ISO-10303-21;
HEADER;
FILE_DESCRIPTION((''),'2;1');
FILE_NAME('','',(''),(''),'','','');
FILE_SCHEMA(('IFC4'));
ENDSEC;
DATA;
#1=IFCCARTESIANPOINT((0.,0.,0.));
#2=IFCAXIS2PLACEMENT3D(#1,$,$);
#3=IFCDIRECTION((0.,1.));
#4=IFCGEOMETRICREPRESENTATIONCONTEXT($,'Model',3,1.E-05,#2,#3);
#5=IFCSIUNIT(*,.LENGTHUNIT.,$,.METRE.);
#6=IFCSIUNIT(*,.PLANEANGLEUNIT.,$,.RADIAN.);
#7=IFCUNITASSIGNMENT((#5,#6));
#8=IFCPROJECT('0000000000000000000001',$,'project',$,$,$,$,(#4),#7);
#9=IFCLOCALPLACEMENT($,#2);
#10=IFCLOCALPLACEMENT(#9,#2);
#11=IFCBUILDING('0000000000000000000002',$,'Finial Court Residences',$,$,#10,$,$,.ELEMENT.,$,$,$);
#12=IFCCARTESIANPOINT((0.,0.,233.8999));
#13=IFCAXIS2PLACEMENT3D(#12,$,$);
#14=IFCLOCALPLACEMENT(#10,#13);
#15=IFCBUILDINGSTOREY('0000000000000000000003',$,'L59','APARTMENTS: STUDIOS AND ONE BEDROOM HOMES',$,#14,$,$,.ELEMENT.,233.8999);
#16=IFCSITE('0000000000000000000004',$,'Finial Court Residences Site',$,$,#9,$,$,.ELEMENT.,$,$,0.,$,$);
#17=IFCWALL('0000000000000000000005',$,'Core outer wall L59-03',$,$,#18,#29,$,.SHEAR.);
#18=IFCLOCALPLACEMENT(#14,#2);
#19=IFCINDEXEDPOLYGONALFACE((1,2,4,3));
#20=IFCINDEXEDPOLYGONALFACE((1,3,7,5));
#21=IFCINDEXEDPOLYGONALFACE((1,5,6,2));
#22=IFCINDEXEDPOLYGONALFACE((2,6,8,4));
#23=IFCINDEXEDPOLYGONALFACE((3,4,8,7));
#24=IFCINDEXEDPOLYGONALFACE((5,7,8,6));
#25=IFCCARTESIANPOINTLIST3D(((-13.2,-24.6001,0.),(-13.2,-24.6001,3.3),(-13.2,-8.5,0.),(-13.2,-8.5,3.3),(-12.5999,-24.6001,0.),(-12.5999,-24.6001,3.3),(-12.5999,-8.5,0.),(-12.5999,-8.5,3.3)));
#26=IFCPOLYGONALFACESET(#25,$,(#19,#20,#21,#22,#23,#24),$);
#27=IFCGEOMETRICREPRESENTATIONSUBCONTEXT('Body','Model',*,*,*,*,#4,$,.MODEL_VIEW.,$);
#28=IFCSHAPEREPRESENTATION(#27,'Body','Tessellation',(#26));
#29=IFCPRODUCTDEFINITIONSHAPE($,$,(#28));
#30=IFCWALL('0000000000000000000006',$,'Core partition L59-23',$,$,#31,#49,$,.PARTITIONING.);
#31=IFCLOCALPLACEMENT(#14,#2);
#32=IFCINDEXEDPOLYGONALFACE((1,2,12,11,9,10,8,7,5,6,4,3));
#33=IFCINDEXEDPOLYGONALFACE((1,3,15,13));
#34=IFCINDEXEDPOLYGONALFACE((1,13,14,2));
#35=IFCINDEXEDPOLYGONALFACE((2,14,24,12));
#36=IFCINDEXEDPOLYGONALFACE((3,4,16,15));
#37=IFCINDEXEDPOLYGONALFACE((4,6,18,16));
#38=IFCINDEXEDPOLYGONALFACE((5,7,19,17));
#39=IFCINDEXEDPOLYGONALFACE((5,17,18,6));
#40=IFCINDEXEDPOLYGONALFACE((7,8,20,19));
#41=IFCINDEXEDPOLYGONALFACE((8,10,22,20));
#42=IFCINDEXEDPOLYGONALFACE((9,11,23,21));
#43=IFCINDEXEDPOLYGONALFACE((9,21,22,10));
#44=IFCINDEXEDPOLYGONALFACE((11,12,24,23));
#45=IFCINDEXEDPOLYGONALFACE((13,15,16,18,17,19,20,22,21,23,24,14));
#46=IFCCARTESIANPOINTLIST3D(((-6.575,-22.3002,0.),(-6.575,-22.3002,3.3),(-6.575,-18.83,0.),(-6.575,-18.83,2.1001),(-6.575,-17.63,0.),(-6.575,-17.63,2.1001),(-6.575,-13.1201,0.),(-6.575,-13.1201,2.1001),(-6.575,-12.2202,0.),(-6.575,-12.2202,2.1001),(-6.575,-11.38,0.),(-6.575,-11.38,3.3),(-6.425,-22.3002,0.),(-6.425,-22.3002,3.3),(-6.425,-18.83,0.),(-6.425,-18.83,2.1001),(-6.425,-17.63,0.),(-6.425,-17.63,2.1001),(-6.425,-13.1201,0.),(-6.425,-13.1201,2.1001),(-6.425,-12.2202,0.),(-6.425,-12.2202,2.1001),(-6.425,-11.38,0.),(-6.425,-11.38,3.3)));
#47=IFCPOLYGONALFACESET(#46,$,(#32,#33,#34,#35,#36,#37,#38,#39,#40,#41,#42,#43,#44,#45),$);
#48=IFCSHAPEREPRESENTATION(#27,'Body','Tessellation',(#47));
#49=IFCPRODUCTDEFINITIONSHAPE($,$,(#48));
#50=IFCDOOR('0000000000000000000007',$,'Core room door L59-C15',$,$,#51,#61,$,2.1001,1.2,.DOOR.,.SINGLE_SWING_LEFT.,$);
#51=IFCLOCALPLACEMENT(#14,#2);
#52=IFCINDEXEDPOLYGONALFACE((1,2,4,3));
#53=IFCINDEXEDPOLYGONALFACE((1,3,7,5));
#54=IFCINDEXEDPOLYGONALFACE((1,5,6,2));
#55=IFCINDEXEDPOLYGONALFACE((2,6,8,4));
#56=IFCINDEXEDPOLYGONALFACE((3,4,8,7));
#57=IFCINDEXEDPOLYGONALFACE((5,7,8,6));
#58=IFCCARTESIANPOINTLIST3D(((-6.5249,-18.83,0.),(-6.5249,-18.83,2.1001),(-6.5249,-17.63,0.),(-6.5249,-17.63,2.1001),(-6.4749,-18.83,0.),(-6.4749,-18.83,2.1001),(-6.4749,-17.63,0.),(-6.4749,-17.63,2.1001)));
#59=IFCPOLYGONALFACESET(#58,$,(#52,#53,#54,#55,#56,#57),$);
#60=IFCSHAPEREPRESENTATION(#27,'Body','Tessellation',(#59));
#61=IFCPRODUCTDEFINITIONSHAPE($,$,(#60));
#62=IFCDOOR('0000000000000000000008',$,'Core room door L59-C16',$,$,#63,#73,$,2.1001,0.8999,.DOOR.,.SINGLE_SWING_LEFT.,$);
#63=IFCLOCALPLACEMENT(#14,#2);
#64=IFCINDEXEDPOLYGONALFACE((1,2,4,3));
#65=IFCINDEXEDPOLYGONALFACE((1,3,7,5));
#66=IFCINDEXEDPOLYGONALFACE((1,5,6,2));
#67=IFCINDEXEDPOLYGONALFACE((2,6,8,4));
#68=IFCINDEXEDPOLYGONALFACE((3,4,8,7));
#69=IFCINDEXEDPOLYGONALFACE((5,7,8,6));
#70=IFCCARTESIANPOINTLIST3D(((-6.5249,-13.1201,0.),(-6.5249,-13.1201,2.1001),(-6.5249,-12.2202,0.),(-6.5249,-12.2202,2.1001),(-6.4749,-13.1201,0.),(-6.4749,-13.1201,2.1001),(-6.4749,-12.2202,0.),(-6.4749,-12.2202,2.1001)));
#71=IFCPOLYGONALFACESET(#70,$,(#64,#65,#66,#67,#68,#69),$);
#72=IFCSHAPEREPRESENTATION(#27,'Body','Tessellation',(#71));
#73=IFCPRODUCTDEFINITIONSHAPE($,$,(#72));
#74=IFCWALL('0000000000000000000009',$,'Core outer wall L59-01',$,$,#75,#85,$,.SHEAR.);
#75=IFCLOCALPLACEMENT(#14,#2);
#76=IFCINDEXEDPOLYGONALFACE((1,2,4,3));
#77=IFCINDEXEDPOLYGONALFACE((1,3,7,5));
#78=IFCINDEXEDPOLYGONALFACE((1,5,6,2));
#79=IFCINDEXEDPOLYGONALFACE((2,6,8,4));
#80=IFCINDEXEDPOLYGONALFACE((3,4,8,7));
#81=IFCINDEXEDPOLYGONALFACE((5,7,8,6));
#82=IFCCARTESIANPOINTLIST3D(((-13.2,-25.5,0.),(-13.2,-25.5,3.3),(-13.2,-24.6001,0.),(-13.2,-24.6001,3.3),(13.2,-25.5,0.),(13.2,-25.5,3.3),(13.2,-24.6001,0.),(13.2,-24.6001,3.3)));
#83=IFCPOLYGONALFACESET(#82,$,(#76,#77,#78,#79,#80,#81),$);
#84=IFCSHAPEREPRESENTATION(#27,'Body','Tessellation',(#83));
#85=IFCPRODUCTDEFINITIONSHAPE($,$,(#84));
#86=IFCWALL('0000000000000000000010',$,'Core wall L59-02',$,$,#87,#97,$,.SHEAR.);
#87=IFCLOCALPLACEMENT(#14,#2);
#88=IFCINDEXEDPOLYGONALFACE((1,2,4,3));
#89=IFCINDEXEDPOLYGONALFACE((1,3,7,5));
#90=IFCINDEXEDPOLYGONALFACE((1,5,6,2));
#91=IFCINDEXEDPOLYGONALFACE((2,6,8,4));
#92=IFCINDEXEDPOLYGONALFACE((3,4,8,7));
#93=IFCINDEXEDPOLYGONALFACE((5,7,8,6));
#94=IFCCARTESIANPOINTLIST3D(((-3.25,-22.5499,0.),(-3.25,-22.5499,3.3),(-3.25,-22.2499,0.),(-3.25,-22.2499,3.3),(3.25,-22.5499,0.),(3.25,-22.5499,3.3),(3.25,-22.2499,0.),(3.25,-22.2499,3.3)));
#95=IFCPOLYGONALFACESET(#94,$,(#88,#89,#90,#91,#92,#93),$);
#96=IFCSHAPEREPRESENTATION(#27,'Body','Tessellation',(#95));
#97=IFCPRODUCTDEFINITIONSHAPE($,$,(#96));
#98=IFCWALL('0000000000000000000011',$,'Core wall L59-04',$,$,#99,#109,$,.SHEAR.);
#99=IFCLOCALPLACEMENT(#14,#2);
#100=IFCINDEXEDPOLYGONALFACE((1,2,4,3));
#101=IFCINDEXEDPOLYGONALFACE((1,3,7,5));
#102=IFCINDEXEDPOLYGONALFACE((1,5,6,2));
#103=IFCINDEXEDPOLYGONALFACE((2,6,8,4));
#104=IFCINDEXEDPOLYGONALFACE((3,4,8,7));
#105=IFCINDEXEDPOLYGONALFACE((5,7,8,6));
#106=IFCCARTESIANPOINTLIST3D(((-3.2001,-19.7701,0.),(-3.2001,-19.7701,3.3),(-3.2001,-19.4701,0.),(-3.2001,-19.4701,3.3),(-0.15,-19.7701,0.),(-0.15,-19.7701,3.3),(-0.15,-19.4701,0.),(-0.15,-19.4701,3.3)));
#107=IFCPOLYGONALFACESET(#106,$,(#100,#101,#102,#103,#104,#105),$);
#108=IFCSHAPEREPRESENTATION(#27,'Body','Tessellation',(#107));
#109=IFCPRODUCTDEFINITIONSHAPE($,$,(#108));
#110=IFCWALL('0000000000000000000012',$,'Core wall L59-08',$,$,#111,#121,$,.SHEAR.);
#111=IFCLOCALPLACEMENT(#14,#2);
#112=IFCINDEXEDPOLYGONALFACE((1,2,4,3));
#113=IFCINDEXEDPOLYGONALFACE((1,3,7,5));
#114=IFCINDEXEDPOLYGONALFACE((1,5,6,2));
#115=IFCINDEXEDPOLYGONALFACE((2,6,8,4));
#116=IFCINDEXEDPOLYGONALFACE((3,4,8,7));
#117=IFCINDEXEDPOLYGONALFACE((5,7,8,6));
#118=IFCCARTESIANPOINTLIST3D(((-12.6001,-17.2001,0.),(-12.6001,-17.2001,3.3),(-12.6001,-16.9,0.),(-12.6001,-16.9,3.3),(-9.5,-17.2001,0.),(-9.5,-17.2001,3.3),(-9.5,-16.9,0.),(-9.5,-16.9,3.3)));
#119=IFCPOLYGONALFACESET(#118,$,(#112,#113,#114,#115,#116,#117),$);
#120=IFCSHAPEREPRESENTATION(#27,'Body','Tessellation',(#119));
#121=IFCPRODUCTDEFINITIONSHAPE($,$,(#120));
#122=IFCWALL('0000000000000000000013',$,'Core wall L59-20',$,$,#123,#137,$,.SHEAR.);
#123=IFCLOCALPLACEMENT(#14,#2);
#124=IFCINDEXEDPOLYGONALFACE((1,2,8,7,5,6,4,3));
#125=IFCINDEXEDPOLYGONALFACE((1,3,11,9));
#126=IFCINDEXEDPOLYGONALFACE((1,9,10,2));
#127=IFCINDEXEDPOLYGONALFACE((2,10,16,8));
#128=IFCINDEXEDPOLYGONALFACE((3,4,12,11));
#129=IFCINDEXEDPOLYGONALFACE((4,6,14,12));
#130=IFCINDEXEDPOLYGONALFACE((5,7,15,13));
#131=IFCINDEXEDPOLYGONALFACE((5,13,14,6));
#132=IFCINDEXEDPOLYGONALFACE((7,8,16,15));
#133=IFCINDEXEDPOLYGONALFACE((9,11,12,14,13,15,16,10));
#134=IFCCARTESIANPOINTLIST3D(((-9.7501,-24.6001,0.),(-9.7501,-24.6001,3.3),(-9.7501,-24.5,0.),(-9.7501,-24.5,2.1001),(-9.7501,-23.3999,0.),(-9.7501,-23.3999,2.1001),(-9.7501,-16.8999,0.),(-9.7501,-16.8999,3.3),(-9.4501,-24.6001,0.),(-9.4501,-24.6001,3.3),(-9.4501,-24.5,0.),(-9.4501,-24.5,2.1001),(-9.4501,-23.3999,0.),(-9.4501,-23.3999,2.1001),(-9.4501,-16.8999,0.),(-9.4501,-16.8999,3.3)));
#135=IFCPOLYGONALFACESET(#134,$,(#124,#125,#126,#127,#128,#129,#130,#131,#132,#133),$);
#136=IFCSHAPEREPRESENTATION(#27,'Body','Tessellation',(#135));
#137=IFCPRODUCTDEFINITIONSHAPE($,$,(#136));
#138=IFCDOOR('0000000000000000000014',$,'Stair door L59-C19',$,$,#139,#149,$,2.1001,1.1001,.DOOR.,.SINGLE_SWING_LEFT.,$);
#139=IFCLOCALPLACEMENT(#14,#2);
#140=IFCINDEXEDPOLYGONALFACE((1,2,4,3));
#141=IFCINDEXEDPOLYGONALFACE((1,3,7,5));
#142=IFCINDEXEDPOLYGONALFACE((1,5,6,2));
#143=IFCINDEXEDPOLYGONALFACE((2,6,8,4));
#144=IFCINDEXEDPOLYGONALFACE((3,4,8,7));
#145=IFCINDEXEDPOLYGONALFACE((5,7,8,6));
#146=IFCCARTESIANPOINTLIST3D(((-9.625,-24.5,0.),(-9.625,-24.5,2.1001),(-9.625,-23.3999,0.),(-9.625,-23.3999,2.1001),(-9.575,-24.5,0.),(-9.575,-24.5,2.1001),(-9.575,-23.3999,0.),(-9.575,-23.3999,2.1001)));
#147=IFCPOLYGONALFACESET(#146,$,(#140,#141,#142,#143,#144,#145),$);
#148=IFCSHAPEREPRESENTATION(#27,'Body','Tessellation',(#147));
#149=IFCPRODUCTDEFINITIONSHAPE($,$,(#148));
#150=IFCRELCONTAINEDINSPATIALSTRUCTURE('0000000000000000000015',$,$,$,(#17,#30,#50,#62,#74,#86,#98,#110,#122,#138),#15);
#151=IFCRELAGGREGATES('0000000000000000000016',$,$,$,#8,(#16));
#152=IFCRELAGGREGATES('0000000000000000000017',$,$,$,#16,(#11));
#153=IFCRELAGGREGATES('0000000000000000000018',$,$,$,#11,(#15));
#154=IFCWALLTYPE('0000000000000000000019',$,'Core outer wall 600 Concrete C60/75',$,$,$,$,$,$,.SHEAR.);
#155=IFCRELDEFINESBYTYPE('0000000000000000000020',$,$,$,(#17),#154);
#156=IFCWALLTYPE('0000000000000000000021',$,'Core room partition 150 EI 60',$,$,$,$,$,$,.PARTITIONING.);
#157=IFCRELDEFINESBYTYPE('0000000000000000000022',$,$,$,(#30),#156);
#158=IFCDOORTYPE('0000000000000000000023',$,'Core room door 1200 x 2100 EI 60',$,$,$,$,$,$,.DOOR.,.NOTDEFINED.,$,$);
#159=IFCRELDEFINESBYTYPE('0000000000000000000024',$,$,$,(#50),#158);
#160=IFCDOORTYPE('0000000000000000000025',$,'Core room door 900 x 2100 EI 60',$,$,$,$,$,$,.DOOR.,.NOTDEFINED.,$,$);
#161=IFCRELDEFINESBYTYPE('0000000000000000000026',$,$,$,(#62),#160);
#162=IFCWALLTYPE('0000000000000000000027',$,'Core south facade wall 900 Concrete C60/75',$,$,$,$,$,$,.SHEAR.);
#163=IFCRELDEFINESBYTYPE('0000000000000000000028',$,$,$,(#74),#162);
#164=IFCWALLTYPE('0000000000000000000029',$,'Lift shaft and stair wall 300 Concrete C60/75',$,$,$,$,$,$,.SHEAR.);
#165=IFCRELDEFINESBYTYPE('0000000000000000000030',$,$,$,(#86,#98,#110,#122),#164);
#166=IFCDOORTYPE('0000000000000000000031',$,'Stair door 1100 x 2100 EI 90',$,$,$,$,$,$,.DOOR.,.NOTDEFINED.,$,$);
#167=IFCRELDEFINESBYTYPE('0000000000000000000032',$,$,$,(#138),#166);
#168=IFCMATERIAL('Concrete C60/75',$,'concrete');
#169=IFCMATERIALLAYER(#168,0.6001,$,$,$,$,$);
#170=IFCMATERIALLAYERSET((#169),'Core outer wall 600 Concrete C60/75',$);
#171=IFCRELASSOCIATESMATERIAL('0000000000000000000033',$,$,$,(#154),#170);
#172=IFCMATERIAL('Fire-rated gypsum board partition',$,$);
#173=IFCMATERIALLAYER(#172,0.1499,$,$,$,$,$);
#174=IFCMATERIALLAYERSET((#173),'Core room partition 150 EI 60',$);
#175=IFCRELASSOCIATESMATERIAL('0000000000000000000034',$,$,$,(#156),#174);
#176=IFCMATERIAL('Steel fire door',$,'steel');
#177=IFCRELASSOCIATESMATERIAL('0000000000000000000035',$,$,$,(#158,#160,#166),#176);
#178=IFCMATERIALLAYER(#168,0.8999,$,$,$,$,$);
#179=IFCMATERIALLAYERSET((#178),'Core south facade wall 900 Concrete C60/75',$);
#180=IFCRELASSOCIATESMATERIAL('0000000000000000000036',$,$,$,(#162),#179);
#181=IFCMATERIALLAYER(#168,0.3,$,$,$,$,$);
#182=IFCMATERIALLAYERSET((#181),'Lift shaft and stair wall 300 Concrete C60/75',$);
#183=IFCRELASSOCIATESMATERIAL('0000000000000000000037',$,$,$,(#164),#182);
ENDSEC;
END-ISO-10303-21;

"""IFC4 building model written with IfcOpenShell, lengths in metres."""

from ifc_helpers import new_model, si_unit, direction, frame, frame_2d, origin, place, context, subcontext, project, spatial, rectangle, extrude, material, layer, layer_set, type_object, element, fill, save


model = new_model("IFC4")

# Units and contexts
model_context = context("Model", 3, precision=1e-05, world=origin(), true_north=direction((0.0, 1.0)))
body_context = subcontext(model_context, "Body", "Model", "MODEL_VIEW")
ifc_project = project(units=[si_unit("LENGTHUNIT", "METRE"), si_unit("PLANEANGLEUNIT", "RADIAN")], contexts=[model_context])

# Site, building, storey
site_placement = place(None, origin())
site = spatial("IfcSite", under=ifc_project, at=site_placement, Name="Finial Court Residences Site", CompositionType="ELEMENT", RefElevation=0.0)
building_placement = place(site_placement, origin())
building = spatial("IfcBuilding", under=site, at=building_placement, Name="Finial Court Residences", CompositionType="ELEMENT")
storey_placement = place(building_placement, frame((0.0, 0.0, 233.8999)))
storey = spatial("IfcBuildingStorey", under=building, at=storey_placement, Name="L59", Description="APARTMENTS: STUDIOS AND ONE BEDROOM HOMES", CompositionType="ELEMENT", Elevation=233.8999)

# Wall
ifc_material_1 = material(Name="Concrete C60/75", Category="concrete")
ifc_layer_1 = layer(ifc_material_1, 0.6001)
ifc_layer_set_1 = layer_set([ifc_layer_1], Name="Core outer wall 600 Concrete C60/75")
wall_type_1 = type_object("IfcWallType", Name="Core outer wall 600 Concrete C60/75", PredefinedType="SHEAR", material=ifc_layer_set_1)
wall_1_placement = place(storey_placement, frame((-12.8999, -24.6001, 0.0), z_axis=(0.0, 0.0, 1.0), x_axis=(0.0, 1.0, 0.0)))
element("IfcWall", 1, at=wall_1_placement, inside=storey, type_object=wall_type_1, Name="Core outer wall L59-03", PredefinedType="SHEAR", context=body_context, shape_type="SweptSolid", body=[
    extrude(rectangle(XDim=16.1001, YDim=0.6001, at=frame_2d((8.05, 0.0))), origin(), (0.0, 0.0, 1.0), 3.3),
])

# Wall, openings, doors
ifc_material_2 = material(Name="Fire-rated gypsum board partition")
ifc_layer_2 = layer(ifc_material_2, 0.1499)
ifc_layer_set_2 = layer_set([ifc_layer_2], Name="Core room partition 150 EI 60")
wall_type_2 = type_object("IfcWallType", Name="Core room partition 150 EI 60", PredefinedType="PARTITIONING", material=ifc_layer_set_2)
wall_2_placement = place(storey_placement, frame((-6.5, -22.3, 0.0), z_axis=(0.0, 0.0, 1.0), x_axis=(0.0, 1.0, 0.0)))
wall_2 = element("IfcWall", 2, at=wall_2_placement, inside=storey, type_object=wall_type_2, Name="Core partition L59-23", PredefinedType="PARTITIONING", context=body_context, shape_type="SweptSolid", body=[
    extrude(rectangle(XDim=10.9202, YDim=0.1499, at=frame_2d((5.46, 0.0))), origin(), (0.0, 0.0, 1.0), 3.3),
])
opening_1_placement = place(wall_2_placement, frame((3.47, 0.0, 0.0)))
opening_1 = element("IfcOpeningElement", 3, at=opening_1_placement, cuts=wall_2, PredefinedType="OPENING", context=body_context, shape_type="SweptSolid", body=[
    extrude(rectangle(XDim=1.2, YDim=2.1001, at=frame_2d((0.6001, 1.05))), frame((0.0, 0.085, 0.0), z_axis=(0.0, -1.0, 0.0), x_axis=(1.0, 0.0, 0.0)), (0.0, 0.0, 1.0), 0.1699),
])
opening_2_placement = place(wall_2_placement, frame((9.1799, 0.0, 0.0)))
opening_2 = element("IfcOpeningElement", 4, at=opening_2_placement, cuts=wall_2, PredefinedType="OPENING", context=body_context, shape_type="SweptSolid", body=[
    extrude(rectangle(XDim=0.8999, YDim=2.1001, at=frame_2d((0.45, 1.05))), frame((0.0, 0.085, 0.0), z_axis=(0.0, -1.0, 0.0), x_axis=(1.0, 0.0, 0.0)), (0.0, 0.0, 1.0), 0.1699),
])
ifc_material_3 = material(Name="Steel fire door", Category="steel")
door_type_1 = type_object("IfcDoorType", Name="Core room door 1200 x 2100 EI 60", OperationType="NOTDEFINED", PredefinedType="DOOR", material=ifc_material_3)
door_1_placement = place(opening_1_placement, origin())
door_1 = element("IfcDoor", 5, at=door_1_placement, inside=storey, type_object=door_type_1, Name="Core room door L59-C15", OperationType="SINGLE_SWING_LEFT", OverallHeight=2.1001, OverallWidth=1.2, PredefinedType="DOOR", context=body_context, shape_type="SweptSolid", body=[
    extrude(rectangle(XDim=1.2, YDim=2.1001, at=frame_2d((0.6001, 1.05))), frame((0.0, 0.0249, 0.0), z_axis=(0.0, -1.0, 0.0), x_axis=(1.0, 0.0, 0.0)), (0.0, 0.0, 1.0), 0.05),
])
fill(opening_1, door_1)
door_type_2 = type_object("IfcDoorType", Name="Core room door 900 x 2100 EI 60", OperationType="NOTDEFINED", PredefinedType="DOOR", material=ifc_material_3)
door_2_placement = place(opening_2_placement, origin())
door_2 = element("IfcDoor", 6, at=door_2_placement, inside=storey, type_object=door_type_2, Name="Core room door L59-C16", OperationType="SINGLE_SWING_LEFT", OverallHeight=2.1001, OverallWidth=0.8999, PredefinedType="DOOR", context=body_context, shape_type="SweptSolid", body=[
    extrude(rectangle(XDim=0.8999, YDim=2.1001, at=frame_2d((0.45, 1.05))), frame((0.0, 0.0249, 0.0), z_axis=(0.0, -1.0, 0.0), x_axis=(1.0, 0.0, 0.0)), (0.0, 0.0, 1.0), 0.05),
])
fill(opening_2, door_2)

# Walls
ifc_layer_3 = layer(ifc_material_1, 0.8999)
ifc_layer_set_3 = layer_set([ifc_layer_3], Name="Core south facade wall 900 Concrete C60/75")
wall_type_3 = type_object("IfcWallType", Name="Core south facade wall 900 Concrete C60/75", PredefinedType="SHEAR", material=ifc_layer_set_3)
wall_3_placement = place(storey_placement, frame((-13.2, -25.05, 0.0), z_axis=(0.0, 0.0, 1.0), x_axis=(1.0, 0.0, 0.0)))
element("IfcWall", 7, at=wall_3_placement, inside=storey, type_object=wall_type_3, Name="Core outer wall L59-01", PredefinedType="SHEAR", context=body_context, shape_type="SweptSolid", body=[
    extrude(rectangle(XDim=26.3999, YDim=0.8999, at=frame_2d((13.2, 0.0))), origin(), (0.0, 0.0, 1.0), 3.3),
])
ifc_layer_4 = layer(ifc_material_1, 0.3)
ifc_layer_set_4 = layer_set([ifc_layer_4], Name="Lift shaft and stair wall 300 Concrete C60/75")
wall_type_4 = type_object("IfcWallType", Name="Lift shaft and stair wall 300 Concrete C60/75", PredefinedType="SHEAR", material=ifc_layer_set_4)
wall_4_placement = place(storey_placement, frame((-3.25, -22.3999, 0.0), z_axis=(0.0, 0.0, 1.0), x_axis=(1.0, 0.0, 0.0)))
element("IfcWall", 8, at=wall_4_placement, inside=storey, type_object=wall_type_4, Name="Core wall L59-02", PredefinedType="SHEAR", context=body_context, shape_type="SweptSolid", body=[
    extrude(rectangle(XDim=6.5, YDim=0.3, at=frame_2d((3.25, 0.0))), origin(), (0.0, 0.0, 1.0), 3.3),
])
wall_5_placement = place(storey_placement, frame((-3.2, -19.6201, 0.0), z_axis=(0.0, 0.0, 1.0), x_axis=(1.0, 0.0, 0.0)))
element("IfcWall", 9, at=wall_5_placement, inside=storey, type_object=wall_type_4, Name="Core wall L59-04", PredefinedType="SHEAR", context=body_context, shape_type="SweptSolid", body=[
    extrude(rectangle(XDim=3.05, YDim=0.3, at=frame_2d((1.5249, 0.0))), origin(), (0.0, 0.0, 1.0), 3.3),
])
wall_6_placement = place(storey_placement, frame((-12.6001, -17.05, 0.0), z_axis=(0.0, 0.0, 1.0), x_axis=(1.0, 0.0, 0.0)))
element("IfcWall", 10, at=wall_6_placement, inside=storey, type_object=wall_type_4, Name="Core wall L59-08", PredefinedType="SHEAR", context=body_context, shape_type="SweptSolid", body=[
    extrude(rectangle(XDim=3.1001, YDim=0.3, at=frame_2d((1.55, 0.0))), origin(), (0.0, 0.0, 1.0), 3.3),
])

# Wall, opening, door
wall_7_placement = place(storey_placement, frame((-9.6001, -24.6001, 0.0), z_axis=(0.0, 0.0, 1.0), x_axis=(0.0, 1.0, 0.0)))
wall_7 = element("IfcWall", 11, at=wall_7_placement, inside=storey, type_object=wall_type_4, Name="Core wall L59-20", PredefinedType="SHEAR", context=body_context, shape_type="SweptSolid", body=[
    extrude(rectangle(XDim=7.7002, YDim=0.3, at=frame_2d((3.8501, 0.0))), origin(), (0.0, 0.0, 1.0), 3.3),
])
opening_3_placement = place(wall_7_placement, frame((0.1001, 0.0, 0.0)))
opening_3 = element("IfcOpeningElement", 12, at=opening_3_placement, cuts=wall_7, PredefinedType="OPENING", context=body_context, shape_type="SweptSolid", body=[
    extrude(rectangle(XDim=1.1001, YDim=2.1001, at=frame_2d((0.55, 1.05))), frame((0.0, 0.1599, 0.0), z_axis=(0.0, -1.0, 0.0), x_axis=(1.0, 0.0, 0.0)), (0.0, 0.0, 1.0), 0.3201),
])
door_type_3 = type_object("IfcDoorType", Name="Stair door 1100 x 2100 EI 90", OperationType="NOTDEFINED", PredefinedType="DOOR", material=ifc_material_3)
door_3_placement = place(opening_3_placement, origin())
door_3 = element("IfcDoor", 13, at=door_3_placement, inside=storey, type_object=door_type_3, Name="Stair door L59-C19", OperationType="SINGLE_SWING_LEFT", OverallHeight=2.1001, OverallWidth=1.1001, PredefinedType="DOOR", context=body_context, shape_type="SweptSolid", body=[
    extrude(rectangle(XDim=1.1001, YDim=2.1001, at=frame_2d((0.55, 1.05))), frame((0.0, 0.0249, 0.0), z_axis=(0.0, -1.0, 0.0), x_axis=(1.0, 0.0, 0.0)), (0.0, 0.0, 1.0), 0.05),
])
fill(opening_3, door_3)

save(model, "model.ifc")
